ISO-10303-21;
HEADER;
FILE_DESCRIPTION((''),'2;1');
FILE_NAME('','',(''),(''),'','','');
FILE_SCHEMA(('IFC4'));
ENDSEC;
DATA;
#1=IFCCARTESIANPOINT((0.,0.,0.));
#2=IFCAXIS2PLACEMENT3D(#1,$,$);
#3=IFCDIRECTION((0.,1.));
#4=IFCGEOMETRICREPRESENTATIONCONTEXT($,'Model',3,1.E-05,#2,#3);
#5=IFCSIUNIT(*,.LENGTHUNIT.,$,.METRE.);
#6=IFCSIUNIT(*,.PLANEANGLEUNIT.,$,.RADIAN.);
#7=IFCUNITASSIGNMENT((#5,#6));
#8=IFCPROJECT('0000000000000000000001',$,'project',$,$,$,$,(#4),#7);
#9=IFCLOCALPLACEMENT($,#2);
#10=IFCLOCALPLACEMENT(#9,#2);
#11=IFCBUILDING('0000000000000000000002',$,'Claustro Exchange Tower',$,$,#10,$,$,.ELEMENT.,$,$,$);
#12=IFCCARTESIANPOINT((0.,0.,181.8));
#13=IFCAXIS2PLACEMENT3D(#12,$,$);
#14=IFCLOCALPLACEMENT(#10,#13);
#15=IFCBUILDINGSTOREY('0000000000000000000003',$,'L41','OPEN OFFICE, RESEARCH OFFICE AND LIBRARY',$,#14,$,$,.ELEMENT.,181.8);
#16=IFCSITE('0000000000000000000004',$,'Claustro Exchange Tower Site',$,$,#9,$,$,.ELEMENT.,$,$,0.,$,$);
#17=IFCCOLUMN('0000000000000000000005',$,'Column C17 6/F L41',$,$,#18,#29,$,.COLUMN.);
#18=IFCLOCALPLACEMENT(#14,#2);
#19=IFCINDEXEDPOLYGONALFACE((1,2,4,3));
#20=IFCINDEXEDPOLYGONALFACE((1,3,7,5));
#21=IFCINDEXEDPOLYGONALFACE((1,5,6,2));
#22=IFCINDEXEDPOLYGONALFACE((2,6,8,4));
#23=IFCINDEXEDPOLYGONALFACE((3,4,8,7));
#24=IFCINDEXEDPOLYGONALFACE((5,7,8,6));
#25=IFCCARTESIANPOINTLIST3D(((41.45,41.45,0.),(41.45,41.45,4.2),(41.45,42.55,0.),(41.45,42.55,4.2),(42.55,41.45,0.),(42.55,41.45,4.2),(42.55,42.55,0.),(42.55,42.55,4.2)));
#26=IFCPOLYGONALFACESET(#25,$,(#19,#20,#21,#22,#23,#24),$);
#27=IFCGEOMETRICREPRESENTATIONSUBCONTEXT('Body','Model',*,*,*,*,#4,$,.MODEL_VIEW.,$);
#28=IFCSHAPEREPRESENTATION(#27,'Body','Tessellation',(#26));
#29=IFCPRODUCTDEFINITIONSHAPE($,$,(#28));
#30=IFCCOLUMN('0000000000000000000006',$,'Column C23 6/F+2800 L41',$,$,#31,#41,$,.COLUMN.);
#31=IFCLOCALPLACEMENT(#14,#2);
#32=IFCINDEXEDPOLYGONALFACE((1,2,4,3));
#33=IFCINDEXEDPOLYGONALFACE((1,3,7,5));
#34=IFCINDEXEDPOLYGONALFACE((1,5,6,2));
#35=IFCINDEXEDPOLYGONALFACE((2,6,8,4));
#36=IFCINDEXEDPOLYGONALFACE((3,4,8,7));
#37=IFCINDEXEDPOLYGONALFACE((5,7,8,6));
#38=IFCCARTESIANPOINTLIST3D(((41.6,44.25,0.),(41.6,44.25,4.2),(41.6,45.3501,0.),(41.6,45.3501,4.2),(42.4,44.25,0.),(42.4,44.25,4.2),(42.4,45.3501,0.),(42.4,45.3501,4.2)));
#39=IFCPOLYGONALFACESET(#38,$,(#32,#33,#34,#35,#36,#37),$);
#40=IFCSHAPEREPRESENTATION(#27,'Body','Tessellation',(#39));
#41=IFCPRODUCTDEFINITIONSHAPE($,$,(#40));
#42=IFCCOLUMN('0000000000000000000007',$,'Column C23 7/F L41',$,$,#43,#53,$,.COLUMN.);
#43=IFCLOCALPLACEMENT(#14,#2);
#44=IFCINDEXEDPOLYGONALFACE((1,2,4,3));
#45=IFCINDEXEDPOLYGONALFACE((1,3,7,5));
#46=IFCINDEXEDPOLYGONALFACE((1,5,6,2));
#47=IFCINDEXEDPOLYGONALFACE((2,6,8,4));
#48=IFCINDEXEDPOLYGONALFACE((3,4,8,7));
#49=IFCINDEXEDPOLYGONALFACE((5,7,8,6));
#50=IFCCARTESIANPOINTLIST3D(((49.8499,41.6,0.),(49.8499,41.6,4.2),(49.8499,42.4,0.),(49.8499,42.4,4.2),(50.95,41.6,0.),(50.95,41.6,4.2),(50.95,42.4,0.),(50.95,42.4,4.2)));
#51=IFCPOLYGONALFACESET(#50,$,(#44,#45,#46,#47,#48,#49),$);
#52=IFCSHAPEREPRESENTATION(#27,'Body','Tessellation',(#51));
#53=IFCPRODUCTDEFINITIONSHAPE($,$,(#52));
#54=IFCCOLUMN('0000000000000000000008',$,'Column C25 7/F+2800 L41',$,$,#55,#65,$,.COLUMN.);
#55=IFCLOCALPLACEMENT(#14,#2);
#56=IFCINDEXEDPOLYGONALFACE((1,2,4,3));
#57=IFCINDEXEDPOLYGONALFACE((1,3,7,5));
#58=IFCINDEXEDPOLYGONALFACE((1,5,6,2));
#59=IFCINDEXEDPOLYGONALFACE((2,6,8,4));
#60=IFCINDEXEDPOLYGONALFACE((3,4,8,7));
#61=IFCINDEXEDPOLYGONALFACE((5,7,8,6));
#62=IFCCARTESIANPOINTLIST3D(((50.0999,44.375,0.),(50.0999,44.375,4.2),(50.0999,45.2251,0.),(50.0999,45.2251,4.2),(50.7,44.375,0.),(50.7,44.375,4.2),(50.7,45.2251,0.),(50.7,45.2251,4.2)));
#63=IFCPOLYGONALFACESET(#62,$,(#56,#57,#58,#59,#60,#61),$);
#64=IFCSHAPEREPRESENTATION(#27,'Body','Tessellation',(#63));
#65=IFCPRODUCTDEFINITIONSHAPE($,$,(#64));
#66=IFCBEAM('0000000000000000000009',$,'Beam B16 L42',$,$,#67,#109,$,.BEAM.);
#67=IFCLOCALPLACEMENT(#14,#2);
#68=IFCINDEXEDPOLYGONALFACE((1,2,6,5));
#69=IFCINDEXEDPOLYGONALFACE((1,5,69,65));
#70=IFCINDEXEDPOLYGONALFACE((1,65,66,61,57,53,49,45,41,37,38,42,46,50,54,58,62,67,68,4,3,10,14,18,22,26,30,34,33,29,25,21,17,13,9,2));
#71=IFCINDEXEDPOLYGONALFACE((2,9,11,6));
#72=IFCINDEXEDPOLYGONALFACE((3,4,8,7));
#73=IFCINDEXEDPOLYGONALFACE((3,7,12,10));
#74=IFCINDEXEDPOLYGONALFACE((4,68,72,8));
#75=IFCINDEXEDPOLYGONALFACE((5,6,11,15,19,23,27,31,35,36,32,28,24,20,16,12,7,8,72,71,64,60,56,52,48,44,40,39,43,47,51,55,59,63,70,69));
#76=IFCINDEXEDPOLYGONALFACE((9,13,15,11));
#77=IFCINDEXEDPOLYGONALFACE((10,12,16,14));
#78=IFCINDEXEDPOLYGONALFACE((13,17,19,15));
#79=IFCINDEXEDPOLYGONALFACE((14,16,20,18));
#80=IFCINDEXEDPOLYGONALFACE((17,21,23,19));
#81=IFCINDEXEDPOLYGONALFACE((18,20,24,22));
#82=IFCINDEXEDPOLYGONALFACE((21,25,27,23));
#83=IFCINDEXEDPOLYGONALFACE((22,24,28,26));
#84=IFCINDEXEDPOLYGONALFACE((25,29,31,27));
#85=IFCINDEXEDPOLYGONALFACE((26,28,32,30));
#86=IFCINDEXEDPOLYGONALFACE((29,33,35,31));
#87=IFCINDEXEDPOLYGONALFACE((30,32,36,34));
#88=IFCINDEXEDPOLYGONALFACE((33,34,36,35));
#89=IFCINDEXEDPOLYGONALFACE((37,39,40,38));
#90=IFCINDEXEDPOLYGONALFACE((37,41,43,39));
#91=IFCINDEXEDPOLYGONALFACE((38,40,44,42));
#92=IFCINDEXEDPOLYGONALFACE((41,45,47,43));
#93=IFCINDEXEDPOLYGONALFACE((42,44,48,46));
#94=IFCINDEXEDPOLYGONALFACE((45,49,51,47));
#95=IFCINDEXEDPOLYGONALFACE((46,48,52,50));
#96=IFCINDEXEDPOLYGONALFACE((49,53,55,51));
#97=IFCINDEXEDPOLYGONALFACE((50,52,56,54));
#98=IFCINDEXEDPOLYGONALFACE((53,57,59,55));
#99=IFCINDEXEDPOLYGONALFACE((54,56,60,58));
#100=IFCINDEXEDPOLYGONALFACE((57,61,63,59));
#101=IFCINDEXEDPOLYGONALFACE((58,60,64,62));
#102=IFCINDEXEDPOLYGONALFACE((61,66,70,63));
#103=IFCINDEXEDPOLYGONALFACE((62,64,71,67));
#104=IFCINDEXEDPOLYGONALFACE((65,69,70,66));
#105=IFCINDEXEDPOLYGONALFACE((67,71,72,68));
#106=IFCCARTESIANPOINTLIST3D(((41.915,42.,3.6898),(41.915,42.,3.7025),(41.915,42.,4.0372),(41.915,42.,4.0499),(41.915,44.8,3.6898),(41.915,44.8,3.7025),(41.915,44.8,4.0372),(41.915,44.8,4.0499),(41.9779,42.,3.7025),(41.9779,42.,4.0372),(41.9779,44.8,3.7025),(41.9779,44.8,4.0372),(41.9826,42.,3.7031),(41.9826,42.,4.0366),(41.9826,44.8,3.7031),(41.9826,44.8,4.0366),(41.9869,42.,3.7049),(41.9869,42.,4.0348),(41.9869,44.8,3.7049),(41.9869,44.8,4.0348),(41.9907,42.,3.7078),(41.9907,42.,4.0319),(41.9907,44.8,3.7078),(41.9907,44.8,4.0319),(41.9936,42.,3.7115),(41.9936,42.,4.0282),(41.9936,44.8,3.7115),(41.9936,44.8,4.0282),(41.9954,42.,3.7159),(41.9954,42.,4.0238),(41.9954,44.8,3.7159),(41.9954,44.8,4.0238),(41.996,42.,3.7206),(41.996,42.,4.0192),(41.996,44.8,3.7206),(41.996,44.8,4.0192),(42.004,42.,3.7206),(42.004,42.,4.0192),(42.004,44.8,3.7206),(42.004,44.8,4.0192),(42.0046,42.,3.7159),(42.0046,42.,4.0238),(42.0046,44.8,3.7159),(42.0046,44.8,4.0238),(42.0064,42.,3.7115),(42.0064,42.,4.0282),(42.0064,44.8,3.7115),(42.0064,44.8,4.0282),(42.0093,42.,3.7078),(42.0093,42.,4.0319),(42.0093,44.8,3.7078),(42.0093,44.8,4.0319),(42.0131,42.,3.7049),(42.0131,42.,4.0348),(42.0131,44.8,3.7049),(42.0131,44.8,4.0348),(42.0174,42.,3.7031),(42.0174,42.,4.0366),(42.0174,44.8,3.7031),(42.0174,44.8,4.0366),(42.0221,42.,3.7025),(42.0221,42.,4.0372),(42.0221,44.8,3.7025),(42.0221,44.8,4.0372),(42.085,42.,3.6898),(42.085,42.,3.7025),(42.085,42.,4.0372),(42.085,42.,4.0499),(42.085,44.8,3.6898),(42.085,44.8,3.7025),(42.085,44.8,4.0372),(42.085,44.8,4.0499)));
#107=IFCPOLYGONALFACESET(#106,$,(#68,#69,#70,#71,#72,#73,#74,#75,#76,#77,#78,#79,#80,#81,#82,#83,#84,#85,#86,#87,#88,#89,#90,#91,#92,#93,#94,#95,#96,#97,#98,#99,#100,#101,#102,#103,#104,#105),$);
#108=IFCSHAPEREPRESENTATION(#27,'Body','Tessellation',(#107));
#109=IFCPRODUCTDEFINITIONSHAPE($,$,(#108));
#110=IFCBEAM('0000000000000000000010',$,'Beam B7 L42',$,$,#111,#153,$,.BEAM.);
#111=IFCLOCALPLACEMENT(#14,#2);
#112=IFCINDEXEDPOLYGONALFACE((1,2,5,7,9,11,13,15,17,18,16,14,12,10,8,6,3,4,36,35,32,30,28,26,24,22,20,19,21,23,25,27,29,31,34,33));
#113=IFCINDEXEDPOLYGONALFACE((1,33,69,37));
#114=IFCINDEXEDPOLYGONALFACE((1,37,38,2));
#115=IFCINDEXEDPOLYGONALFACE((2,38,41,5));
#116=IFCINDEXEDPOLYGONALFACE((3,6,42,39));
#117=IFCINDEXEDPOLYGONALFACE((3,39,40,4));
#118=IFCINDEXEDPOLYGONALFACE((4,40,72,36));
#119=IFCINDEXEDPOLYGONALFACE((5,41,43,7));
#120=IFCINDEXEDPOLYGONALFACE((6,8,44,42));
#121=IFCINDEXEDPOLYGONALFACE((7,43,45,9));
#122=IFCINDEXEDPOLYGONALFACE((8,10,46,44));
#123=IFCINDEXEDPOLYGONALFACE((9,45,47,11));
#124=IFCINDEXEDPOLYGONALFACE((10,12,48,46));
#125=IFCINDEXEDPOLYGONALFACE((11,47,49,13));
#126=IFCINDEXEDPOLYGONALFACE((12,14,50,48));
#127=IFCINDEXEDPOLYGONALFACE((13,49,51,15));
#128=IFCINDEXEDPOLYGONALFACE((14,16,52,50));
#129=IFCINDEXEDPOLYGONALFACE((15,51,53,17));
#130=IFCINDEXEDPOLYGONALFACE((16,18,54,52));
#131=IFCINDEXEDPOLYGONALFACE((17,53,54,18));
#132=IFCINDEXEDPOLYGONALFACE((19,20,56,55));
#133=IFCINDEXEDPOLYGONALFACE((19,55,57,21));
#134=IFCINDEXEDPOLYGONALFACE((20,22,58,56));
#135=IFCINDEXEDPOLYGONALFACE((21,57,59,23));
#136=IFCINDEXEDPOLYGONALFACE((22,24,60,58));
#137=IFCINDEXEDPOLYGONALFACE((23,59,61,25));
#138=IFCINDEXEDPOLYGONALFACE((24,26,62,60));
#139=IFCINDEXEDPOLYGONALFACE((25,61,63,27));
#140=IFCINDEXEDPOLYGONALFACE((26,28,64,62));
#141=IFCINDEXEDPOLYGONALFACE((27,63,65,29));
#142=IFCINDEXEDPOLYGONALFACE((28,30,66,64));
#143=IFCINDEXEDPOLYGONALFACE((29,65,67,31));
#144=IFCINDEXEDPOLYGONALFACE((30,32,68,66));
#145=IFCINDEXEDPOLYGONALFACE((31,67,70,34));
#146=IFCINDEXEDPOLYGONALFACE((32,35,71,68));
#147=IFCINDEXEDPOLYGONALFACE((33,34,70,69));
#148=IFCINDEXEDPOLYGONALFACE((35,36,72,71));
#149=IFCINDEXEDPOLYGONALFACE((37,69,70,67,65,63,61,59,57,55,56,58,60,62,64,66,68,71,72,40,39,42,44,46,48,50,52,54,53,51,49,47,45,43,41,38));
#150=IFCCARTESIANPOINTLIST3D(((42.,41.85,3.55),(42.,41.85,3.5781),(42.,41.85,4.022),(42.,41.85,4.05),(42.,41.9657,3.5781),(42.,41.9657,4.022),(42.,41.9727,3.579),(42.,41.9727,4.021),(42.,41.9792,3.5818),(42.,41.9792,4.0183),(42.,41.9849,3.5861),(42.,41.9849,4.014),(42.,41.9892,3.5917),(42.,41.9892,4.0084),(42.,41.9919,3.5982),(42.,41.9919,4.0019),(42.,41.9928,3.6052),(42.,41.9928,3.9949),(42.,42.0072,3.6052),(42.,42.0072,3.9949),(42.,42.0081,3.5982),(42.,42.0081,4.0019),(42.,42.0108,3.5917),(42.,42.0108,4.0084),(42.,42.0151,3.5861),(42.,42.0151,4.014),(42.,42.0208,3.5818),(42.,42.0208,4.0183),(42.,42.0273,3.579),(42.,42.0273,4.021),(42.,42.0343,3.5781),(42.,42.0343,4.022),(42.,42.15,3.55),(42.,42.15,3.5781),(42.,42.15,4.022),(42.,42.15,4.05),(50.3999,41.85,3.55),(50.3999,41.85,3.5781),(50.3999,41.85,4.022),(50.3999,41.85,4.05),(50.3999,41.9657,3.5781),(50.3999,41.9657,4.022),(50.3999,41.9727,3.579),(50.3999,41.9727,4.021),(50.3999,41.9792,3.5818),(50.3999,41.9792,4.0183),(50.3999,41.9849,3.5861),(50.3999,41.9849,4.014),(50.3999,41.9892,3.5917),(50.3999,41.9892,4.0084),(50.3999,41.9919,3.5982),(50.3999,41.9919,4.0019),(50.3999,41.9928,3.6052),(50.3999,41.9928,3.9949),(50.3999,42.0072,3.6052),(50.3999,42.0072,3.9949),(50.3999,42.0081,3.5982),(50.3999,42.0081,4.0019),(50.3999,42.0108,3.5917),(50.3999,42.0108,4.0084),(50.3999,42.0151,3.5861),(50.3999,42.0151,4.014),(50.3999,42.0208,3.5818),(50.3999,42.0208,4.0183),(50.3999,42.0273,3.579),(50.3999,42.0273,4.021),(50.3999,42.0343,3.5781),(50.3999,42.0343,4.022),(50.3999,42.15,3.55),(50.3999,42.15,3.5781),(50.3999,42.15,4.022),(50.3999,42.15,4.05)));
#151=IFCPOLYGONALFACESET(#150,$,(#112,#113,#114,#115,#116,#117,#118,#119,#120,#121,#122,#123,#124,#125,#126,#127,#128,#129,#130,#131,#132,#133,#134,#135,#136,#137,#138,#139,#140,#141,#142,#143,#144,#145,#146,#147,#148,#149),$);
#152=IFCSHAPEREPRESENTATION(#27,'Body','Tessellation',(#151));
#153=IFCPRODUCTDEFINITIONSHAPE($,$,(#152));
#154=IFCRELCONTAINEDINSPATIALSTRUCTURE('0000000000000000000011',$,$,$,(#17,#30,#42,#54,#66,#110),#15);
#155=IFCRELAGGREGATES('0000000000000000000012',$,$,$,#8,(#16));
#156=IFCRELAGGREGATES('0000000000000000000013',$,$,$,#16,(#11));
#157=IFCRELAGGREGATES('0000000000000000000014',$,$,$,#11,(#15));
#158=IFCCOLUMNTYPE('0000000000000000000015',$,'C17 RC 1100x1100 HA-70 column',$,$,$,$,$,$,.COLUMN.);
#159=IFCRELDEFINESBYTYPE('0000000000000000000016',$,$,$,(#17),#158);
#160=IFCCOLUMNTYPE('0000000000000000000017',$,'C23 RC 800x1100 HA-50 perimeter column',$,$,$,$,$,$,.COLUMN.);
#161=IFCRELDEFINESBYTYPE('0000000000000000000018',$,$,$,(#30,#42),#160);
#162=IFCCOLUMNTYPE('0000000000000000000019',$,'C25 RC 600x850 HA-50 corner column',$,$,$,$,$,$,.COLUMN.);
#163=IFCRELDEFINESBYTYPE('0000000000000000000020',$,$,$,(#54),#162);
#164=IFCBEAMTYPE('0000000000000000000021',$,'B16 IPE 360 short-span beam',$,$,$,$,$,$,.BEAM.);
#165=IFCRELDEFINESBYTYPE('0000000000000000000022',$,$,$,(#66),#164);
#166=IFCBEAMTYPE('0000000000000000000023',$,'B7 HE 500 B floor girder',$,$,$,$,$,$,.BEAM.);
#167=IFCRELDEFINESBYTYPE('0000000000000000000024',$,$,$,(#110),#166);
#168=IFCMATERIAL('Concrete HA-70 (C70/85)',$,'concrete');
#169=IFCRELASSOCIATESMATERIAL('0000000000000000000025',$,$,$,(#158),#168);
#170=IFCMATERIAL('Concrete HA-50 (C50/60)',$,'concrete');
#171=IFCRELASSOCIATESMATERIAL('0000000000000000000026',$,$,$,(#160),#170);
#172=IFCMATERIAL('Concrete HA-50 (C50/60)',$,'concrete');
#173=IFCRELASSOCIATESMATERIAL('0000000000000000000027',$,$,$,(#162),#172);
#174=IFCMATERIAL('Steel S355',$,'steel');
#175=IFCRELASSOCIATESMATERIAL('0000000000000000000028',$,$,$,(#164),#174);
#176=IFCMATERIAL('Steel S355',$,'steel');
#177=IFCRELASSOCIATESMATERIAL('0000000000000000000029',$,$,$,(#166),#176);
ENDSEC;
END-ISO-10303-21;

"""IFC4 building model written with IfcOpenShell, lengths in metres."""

from ifc_helpers import new_model, si_unit, direction, frame, origin, origin_2d, place, context, subcontext, project, spatial, rectangle, i_section, extrude, material, material_profile, profile_set, type_object, element, save


model = new_model("IFC4")

# Units and contexts
model_context = context("Model", 3, precision=1e-05, world=origin(), true_north=direction((0.0, 1.0)))
body_context = subcontext(model_context, "Body", "Model", "MODEL_VIEW")
ifc_project = project(units=[si_unit("LENGTHUNIT", "METRE"), si_unit("PLANEANGLEUNIT", "RADIAN")], contexts=[model_context])

# Site, building, storey
site_placement = place(None, origin())
site = spatial("IfcSite", under=ifc_project, at=site_placement, Name="Claustro Exchange Tower Site", CompositionType="ELEMENT", RefElevation=0.0)
building_placement = place(site_placement, origin())
building = spatial("IfcBuilding", under=site, at=building_placement, Name="Claustro Exchange Tower", CompositionType="ELEMENT")
storey_placement = place(building_placement, frame((0.0, 0.0, 181.8)))
storey = spatial("IfcBuildingStorey", under=building, at=storey_placement, Name="L41", Description="OPEN OFFICE, RESEARCH OFFICE AND LIBRARY", CompositionType="ELEMENT", Elevation=181.8)

# Columns
ifc_material_1 = material(Name="Concrete HA-70 (C70/85)", Category="concrete")
ifc_material_profile_1 = material_profile(ifc_material_1, rectangle(XDim=1.1001, YDim=1.1001, at=origin_2d()), Name="RC 1100x1100")
ifc_profile_set_1 = profile_set([ifc_material_profile_1], Name="Concrete HA-70 (C70/85)")
column_type_1 = type_object("IfcColumnType", Name="C17 RC 1100x1100 HA-70 column", PredefinedType="COLUMN", material=ifc_profile_set_1)
column_1_placement = place(storey_placement, frame((42.0, 42.0, 0.0), z_axis=(0.0, 0.0, 1.0), x_axis=(1.0, 0.0, 0.0)))
element("IfcColumn", 1, at=column_1_placement, inside=storey, type_object=column_type_1, Name="Column C17 6/F L41", PredefinedType="COLUMN", context=body_context, shape_type="SweptSolid", body=[
    extrude(rectangle(XDim=1.1001, YDim=1.1001, at=origin_2d()), origin(), (0.0, 0.0, 1.0), 4.2),
])
ifc_material_2 = material(Name="Concrete HA-50 (C50/60)", Category="concrete")
ifc_material_profile_2 = material_profile(ifc_material_2, rectangle(XDim=0.8, YDim=1.1001, at=origin_2d()), Name="RC 800x1100")
ifc_profile_set_2 = profile_set([ifc_material_profile_2], Name="Concrete HA-50 (C50/60)")
column_type_2 = type_object("IfcColumnType", Name="C23 RC 800x1100 HA-50 perimeter column", PredefinedType="COLUMN", material=ifc_profile_set_2)
for number, where, z_axis, x_axis, name in (
    (2, (42.0, 44.8, 0.0), (0.0, 0.0, 1.0), (1.0, 0.0, 0.0), "Column C23 6/F+2800 L41"),
    (3, (50.3999, 42.0, 0.0), (0.0, 0.0, 1.0), (0.0, 1.0, 0.0), "Column C23 7/F L41"),
):
    element("IfcColumn", number, at=place(storey_placement, frame(where, z_axis=z_axis, x_axis=x_axis)), inside=storey, type_object=column_type_2, Name=name, PredefinedType="COLUMN", context=body_context, shape_type="SweptSolid", body=[
        extrude(rectangle(XDim=0.8, YDim=1.1001, at=origin_2d()), origin(), (0.0, 0.0, 1.0), 4.2),
    ])
ifc_material_3 = material(Name="Concrete HA-50 (C50/60)", Category="concrete")
ifc_material_profile_3 = material_profile(ifc_material_3, rectangle(XDim=0.6001, YDim=0.8501, at=origin_2d()), Name="RC 600x850")
ifc_profile_set_3 = profile_set([ifc_material_profile_3], Name="Concrete HA-50 (C50/60)")
column_type_3 = type_object("IfcColumnType", Name="C25 RC 600x850 HA-50 corner column", PredefinedType="COLUMN", material=ifc_profile_set_3)
column_2_placement = place(storey_placement, frame((50.3999, 44.8, 0.0), z_axis=(0.0, 0.0, 1.0), x_axis=(1.0, 0.0, 0.0)))
element("IfcColumn", 4, at=column_2_placement, inside=storey, type_object=column_type_3, Name="Column C25 7/F+2800 L41", PredefinedType="COLUMN", context=body_context, shape_type="SweptSolid", body=[
    extrude(rectangle(XDim=0.6001, YDim=0.8501, at=origin_2d()), origin(), (0.0, 0.0, 1.0), 4.2),
])

# Beams
ifc_material_4 = material(Name="Steel S355", Category="steel")
ifc_material_profile_4 = material_profile(ifc_material_4, i_section(OverallWidth=0.1699, OverallDepth=0.3601, WebThickness=0.0081, FlangeThickness=0.0127, FilletRadius=0.0181, at=origin_2d()), Name="IPE 360")
ifc_profile_set_4 = profile_set([ifc_material_profile_4], Name="Steel S355")
beam_type_1 = type_object("IfcBeamType", Name="B16 IPE 360 short-span beam", PredefinedType="BEAM", material=ifc_profile_set_4)
beam_1_placement = place(storey_placement, frame((42.0, 42.0, 3.8699), z_axis=(0.0, 1.0, 0.0), x_axis=(-1.0, 0.0, 0.0)))
element("IfcBeam", 5, at=beam_1_placement, inside=storey, type_object=beam_type_1, Name="Beam B16 L42", PredefinedType="BEAM", context=body_context, shape_type="SweptSolid", body=[
    extrude(i_section(OverallWidth=0.1699, OverallDepth=0.3601, WebThickness=0.0081, FlangeThickness=0.0127, FilletRadius=0.0181, at=origin_2d()), origin(), (0.0, 0.0, 1.0), 2.8),
])
ifc_material_5 = material(Name="Steel S355", Category="steel")
ifc_material_profile_5 = material_profile(ifc_material_5, i_section(OverallWidth=0.3, OverallDepth=0.5, WebThickness=0.0144, FlangeThickness=0.0281, FilletRadius=0.0271, at=origin_2d()), Name="HE 500 B")
ifc_profile_set_5 = profile_set([ifc_material_profile_5], Name="Steel S355")
beam_type_2 = type_object("IfcBeamType", Name="B7 HE 500 B floor girder", PredefinedType="BEAM", material=ifc_profile_set_5)
beam_2_placement = place(storey_placement, frame((42.0, 42.0, 3.8), z_axis=(1.0, 0.0, 0.0), x_axis=(0.0, 1.0, 0.0)))
element("IfcBeam", 6, at=beam_2_placement, inside=storey, type_object=beam_type_2, Name="Beam B7 L42", PredefinedType="BEAM", context=body_context, shape_type="SweptSolid", body=[
    extrude(i_section(OverallWidth=0.3, OverallDepth=0.5, WebThickness=0.0144, FlangeThickness=0.0281, FilletRadius=0.0271, at=origin_2d()), origin(), (0.0, 0.0, 1.0), 8.3999),
])

save(model, "model.ifc")
